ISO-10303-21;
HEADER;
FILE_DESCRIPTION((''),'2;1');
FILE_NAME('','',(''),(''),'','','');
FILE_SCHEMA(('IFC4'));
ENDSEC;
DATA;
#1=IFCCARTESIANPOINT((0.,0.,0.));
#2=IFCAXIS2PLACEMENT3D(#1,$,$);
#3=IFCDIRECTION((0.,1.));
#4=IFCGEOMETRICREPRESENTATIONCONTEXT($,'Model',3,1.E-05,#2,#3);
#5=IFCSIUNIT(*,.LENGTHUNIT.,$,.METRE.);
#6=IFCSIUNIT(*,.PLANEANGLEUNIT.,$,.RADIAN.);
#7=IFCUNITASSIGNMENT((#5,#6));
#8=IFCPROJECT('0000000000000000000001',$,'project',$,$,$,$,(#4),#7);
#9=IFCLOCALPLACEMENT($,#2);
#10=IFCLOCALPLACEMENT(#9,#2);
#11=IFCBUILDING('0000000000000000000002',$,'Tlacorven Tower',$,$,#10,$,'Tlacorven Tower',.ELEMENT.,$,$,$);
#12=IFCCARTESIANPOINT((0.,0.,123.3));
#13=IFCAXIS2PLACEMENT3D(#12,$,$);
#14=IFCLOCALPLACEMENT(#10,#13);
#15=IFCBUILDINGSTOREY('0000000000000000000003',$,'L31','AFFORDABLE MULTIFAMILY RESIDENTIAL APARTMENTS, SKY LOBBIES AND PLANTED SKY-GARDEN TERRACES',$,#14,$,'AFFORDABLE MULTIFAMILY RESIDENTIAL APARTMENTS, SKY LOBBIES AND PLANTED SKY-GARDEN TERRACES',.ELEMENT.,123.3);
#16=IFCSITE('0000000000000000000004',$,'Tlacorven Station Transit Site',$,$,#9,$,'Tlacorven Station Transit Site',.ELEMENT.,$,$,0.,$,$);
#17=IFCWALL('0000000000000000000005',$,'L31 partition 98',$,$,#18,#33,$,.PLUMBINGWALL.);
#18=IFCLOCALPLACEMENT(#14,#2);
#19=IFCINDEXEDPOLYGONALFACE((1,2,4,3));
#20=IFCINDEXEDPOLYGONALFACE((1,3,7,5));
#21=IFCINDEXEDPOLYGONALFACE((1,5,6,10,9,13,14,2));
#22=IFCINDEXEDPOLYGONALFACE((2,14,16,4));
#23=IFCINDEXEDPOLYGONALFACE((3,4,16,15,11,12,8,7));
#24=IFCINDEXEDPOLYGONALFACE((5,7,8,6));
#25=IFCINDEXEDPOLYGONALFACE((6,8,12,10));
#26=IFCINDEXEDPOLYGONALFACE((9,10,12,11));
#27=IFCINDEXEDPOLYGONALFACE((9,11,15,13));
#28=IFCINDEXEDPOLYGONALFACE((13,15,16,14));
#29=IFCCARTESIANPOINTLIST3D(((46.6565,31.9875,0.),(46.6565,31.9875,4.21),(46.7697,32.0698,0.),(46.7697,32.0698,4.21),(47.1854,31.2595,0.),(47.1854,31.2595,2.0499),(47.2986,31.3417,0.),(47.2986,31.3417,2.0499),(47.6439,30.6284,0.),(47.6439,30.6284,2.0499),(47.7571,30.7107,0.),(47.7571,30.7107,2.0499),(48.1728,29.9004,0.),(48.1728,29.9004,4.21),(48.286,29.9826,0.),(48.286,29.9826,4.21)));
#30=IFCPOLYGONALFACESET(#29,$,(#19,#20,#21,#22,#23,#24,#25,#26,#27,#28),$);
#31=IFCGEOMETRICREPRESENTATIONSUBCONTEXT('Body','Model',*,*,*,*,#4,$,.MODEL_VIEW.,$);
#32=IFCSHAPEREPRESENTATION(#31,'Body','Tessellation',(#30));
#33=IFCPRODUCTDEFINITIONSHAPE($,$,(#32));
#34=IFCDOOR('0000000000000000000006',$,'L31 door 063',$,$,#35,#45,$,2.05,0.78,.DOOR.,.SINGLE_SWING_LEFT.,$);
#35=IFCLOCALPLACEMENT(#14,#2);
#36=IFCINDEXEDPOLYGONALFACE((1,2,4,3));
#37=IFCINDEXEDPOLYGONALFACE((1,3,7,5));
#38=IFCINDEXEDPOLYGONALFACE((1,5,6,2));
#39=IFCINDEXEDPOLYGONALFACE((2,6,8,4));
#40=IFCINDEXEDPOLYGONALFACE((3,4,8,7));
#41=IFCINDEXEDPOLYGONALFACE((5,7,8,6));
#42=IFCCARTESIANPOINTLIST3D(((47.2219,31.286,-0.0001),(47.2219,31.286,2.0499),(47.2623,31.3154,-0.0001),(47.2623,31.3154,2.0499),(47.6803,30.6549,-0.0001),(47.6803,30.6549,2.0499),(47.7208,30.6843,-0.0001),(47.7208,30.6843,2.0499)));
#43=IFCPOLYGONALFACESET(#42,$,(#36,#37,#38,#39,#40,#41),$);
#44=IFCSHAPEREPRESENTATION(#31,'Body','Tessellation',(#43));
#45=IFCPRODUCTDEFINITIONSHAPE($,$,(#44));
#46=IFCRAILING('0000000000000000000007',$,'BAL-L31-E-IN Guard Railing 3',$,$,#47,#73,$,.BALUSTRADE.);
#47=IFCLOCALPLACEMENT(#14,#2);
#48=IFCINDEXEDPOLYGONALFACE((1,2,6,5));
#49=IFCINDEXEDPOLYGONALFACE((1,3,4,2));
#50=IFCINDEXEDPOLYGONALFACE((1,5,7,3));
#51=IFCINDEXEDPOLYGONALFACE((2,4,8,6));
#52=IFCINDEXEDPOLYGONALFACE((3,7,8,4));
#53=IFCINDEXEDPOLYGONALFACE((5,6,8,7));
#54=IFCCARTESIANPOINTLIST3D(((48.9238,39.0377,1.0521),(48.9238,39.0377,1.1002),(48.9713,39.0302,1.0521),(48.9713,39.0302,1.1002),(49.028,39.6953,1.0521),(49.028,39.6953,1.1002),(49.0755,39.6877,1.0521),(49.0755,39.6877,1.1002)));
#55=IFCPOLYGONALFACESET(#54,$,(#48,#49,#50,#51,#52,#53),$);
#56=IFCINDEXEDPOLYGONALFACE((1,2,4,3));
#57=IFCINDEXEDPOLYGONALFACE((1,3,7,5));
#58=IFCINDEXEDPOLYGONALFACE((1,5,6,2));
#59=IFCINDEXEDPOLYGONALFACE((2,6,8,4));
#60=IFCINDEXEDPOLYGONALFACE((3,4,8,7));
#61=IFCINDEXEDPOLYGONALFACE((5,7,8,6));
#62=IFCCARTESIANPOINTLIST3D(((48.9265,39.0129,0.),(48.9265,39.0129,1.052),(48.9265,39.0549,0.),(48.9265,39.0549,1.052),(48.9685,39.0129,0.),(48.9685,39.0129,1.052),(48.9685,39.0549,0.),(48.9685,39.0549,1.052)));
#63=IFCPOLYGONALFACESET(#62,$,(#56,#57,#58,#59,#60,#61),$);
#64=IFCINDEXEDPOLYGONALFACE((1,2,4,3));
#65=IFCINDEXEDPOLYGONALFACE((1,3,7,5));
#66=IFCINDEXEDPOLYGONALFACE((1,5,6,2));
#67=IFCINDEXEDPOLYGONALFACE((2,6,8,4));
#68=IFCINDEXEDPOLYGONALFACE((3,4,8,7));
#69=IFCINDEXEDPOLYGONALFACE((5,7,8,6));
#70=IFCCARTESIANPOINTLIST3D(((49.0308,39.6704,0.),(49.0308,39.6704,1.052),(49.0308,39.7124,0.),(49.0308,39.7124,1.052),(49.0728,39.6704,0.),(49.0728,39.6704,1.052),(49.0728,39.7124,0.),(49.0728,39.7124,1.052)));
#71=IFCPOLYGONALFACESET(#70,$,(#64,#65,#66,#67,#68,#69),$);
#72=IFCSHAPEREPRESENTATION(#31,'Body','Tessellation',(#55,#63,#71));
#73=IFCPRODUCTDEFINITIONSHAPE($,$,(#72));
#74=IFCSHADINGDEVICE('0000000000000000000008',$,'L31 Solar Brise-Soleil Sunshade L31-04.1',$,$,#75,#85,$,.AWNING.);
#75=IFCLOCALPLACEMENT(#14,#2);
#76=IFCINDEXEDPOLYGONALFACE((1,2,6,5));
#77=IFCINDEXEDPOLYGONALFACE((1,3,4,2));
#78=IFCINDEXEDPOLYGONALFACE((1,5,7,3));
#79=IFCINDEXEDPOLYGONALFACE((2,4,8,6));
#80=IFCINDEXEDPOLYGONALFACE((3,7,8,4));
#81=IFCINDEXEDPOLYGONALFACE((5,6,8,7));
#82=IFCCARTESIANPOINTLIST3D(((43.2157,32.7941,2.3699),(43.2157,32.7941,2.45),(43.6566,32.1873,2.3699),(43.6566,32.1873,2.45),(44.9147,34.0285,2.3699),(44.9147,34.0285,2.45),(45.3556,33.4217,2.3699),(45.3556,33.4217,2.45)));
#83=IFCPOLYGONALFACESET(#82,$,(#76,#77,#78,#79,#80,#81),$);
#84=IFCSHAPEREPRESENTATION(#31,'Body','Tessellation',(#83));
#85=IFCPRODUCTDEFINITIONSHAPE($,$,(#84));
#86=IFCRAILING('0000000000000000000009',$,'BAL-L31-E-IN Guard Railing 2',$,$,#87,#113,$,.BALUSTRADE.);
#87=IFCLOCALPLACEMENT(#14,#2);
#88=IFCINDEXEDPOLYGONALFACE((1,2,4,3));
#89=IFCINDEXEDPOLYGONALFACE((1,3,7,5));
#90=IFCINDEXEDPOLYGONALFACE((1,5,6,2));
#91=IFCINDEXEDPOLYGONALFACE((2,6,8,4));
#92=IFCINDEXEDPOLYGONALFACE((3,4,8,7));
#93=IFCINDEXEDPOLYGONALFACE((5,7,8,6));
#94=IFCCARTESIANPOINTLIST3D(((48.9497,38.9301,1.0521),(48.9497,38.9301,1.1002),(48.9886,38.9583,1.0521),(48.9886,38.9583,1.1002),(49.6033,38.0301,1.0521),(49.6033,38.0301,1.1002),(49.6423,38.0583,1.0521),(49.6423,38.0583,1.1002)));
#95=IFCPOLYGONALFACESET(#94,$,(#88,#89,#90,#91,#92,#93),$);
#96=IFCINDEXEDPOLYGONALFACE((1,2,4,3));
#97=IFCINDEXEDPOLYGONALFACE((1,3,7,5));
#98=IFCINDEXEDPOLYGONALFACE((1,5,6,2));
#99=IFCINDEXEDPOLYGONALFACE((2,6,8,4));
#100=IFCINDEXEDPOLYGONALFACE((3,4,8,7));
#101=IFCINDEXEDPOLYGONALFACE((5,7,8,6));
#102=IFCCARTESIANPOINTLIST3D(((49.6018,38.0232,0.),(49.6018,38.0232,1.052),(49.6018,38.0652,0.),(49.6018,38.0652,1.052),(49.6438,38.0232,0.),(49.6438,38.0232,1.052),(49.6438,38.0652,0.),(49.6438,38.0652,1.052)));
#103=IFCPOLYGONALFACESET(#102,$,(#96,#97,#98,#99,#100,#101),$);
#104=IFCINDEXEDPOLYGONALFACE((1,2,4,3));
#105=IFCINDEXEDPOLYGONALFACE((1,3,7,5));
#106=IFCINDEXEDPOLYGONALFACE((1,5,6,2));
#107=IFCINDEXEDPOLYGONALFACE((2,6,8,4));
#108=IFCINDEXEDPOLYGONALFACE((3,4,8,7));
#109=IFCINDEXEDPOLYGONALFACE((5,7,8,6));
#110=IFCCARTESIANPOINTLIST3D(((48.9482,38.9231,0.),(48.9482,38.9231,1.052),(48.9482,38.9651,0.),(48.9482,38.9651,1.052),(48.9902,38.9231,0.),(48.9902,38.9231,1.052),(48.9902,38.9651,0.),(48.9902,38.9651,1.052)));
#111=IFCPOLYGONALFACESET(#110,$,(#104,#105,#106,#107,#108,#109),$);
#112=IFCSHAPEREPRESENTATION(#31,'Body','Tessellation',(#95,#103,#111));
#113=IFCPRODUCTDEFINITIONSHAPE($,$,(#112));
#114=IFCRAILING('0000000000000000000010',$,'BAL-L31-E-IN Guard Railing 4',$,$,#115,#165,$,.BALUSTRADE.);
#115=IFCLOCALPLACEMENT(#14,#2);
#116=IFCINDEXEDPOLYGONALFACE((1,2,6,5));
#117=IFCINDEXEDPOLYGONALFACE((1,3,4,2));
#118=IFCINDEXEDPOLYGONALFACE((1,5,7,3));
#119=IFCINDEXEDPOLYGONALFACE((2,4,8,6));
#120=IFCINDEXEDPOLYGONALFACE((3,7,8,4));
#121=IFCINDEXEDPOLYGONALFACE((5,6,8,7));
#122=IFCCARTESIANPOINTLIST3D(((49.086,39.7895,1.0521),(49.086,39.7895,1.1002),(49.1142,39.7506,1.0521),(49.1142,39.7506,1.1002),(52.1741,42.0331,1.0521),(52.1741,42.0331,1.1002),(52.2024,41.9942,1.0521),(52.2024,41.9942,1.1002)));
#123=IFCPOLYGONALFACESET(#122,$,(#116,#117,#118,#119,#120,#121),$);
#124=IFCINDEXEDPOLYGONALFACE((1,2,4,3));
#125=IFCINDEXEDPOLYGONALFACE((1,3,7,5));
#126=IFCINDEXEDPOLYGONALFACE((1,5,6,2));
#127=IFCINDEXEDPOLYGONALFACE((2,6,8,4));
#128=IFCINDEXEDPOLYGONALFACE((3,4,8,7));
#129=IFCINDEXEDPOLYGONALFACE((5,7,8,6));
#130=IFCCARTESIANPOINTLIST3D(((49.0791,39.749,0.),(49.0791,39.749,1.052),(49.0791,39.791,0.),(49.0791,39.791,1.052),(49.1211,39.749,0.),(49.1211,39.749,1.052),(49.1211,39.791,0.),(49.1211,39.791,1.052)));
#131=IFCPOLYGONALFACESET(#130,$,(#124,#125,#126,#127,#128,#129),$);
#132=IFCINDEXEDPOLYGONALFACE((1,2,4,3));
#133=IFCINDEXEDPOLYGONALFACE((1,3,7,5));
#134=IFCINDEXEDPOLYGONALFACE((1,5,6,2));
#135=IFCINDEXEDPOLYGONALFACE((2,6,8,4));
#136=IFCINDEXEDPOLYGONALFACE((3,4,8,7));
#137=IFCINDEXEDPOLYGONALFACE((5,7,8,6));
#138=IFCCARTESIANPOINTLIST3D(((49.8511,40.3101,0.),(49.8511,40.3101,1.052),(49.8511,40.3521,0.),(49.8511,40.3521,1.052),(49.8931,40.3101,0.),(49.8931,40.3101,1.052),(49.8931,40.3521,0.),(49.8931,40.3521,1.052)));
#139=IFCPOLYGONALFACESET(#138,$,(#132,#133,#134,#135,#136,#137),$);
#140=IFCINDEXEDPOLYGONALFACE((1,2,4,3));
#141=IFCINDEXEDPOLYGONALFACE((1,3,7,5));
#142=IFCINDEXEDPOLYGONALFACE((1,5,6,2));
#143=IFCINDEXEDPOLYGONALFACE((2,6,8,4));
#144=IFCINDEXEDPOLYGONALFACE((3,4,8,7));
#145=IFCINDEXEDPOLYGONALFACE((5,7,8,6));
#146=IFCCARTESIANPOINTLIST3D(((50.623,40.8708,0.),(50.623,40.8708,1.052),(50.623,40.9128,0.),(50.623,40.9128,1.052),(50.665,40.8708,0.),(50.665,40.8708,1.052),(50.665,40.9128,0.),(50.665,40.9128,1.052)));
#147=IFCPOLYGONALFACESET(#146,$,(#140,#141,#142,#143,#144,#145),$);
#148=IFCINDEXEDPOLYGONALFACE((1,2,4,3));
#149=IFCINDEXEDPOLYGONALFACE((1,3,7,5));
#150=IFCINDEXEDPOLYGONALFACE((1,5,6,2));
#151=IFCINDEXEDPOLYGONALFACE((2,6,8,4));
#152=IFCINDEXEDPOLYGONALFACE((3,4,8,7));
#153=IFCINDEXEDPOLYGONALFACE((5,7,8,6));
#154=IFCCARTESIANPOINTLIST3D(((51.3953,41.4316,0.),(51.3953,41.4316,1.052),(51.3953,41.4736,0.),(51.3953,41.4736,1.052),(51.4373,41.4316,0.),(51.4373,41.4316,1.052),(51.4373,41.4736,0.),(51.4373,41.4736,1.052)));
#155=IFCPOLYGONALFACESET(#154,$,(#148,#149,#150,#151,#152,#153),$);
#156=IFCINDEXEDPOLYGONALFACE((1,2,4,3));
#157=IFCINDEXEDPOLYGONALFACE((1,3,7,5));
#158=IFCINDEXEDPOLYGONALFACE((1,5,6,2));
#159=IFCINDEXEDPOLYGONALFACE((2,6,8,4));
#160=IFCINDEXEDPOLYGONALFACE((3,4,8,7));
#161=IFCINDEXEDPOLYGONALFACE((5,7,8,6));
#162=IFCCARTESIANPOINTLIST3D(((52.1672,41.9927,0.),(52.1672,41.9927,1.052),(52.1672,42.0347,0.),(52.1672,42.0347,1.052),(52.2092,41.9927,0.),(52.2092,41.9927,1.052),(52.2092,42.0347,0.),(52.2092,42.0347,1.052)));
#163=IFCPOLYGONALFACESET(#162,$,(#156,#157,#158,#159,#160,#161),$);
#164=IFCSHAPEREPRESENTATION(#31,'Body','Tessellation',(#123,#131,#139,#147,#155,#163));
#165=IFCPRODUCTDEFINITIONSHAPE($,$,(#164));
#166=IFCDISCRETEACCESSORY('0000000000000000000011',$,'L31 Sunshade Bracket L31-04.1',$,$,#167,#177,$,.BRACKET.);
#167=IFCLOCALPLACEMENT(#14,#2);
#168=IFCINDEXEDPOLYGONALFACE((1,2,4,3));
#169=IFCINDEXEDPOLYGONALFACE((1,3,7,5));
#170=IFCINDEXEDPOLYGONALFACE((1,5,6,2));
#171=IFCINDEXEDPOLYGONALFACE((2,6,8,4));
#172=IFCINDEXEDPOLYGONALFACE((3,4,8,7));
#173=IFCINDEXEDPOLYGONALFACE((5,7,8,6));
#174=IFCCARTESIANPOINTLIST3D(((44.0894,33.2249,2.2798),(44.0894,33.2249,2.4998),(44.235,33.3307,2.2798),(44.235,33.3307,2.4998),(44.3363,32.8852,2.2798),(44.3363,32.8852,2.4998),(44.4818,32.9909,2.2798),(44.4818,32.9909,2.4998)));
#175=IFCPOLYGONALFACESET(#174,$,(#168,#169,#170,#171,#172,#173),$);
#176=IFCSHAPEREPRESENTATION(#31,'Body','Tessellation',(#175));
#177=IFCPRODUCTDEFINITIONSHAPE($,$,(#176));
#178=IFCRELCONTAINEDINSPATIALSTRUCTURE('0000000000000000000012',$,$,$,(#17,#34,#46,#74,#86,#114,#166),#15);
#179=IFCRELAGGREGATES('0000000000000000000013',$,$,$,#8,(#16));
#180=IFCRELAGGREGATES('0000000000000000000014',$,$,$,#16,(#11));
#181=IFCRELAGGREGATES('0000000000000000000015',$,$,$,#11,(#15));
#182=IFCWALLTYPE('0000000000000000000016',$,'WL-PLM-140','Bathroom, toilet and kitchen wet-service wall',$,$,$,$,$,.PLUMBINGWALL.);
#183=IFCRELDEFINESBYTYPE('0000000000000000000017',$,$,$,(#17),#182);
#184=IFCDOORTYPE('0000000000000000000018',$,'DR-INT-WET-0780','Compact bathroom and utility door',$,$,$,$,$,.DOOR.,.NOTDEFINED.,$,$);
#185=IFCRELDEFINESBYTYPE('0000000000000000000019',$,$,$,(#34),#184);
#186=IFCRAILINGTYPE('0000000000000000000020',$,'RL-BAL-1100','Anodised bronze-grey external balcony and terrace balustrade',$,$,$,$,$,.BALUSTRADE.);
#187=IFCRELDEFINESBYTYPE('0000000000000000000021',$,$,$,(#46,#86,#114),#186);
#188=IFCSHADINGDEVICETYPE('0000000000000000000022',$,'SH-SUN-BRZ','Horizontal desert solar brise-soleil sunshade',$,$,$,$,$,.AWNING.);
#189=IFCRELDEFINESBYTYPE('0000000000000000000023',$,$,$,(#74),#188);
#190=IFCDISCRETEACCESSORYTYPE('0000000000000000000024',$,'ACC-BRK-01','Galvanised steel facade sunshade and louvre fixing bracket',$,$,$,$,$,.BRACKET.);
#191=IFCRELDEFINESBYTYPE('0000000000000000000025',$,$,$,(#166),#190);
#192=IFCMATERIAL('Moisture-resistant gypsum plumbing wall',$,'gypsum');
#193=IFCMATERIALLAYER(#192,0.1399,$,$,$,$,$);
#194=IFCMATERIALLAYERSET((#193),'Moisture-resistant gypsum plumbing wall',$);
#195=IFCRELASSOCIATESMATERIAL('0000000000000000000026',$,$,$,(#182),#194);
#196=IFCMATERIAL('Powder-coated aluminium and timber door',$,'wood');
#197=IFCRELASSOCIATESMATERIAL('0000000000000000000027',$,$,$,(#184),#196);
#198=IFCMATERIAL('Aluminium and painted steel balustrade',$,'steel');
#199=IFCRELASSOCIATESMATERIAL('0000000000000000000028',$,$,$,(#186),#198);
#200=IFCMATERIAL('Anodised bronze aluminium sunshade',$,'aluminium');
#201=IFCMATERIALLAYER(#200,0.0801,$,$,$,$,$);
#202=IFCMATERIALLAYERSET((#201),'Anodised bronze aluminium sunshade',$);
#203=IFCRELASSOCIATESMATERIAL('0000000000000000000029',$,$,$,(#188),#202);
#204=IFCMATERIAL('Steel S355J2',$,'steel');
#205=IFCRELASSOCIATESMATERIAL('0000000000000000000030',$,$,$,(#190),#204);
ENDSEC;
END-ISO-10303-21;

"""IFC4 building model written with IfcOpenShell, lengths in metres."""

from ifc_helpers import new_model, si_unit, direction, frame, frame_2d, origin, origin_2d, place, context, subcontext, project, spatial, rectangle, extrude, source, transform, mapped, material, layer, layer_set, type_object, element, fill, save


model = new_model("IFC4")

# Units and contexts
model_context = context("Model", 3, precision=1e-05, world=origin(), true_north=direction((0.0, 1.0)))
body_context = subcontext(model_context, "Body", "Model", "MODEL_VIEW")
ifc_project = project(units=[si_unit("LENGTHUNIT", "METRE"), si_unit("PLANEANGLEUNIT", "RADIAN")], contexts=[model_context])

# Site, building, storey
site_placement = place(None, origin())
site = spatial("IfcSite", under=ifc_project, at=site_placement, Name="Tlacorven Station Transit Site", LongName="Tlacorven Station Transit Site", CompositionType="ELEMENT", RefElevation=0.0)
building_placement = place(site_placement, origin())
building = spatial("IfcBuilding", under=site, at=building_placement, Name="Tlacorven Tower", LongName="Tlacorven Tower", CompositionType="ELEMENT")
storey_placement = place(building_placement, frame((0.0, 0.0, 123.3)))
storey = spatial("IfcBuildingStorey", under=building, at=storey_placement, Name="L31", Description="AFFORDABLE MULTIFAMILY RESIDENTIAL APARTMENTS, SKY LOBBIES AND PLANTED SKY-GARDEN TERRACES", LongName="AFFORDABLE MULTIFAMILY RESIDENTIAL APARTMENTS, SKY LOBBIES AND PLANTED SKY-GARDEN TERRACES", CompositionType="ELEMENT", Elevation=123.3)

# Shared definitions
ifc_material_1 = material(Name="Steel S355J2", Category="steel")

# Wall, opening, door
ifc_material_2 = material(Name="Moisture-resistant gypsum plumbing wall", Category="gypsum")
ifc_layer_1 = layer(ifc_material_2, 0.1399)
ifc_layer_set_1 = layer_set([ifc_layer_1], Name="Moisture-resistant gypsum plumbing wall")
wall_type_1 = type_object("IfcWallType", Name="WL-PLM-140", Description="Bathroom, toilet and kitchen wet-service wall", PredefinedType="PLUMBINGWALL", material=ifc_layer_set_1)
wall_1_placement = place(storey_placement, frame((48.2295, 29.9414, 0.0), z_axis=(0.0, 0.0, 1.0), x_axis=(-0.587772, 0.809027, 0.0)))
wall_1 = element("IfcWall", 1, at=wall_1_placement, inside=storey, type_object=wall_type_1, Name="L31 partition 98", PredefinedType="PLUMBINGWALL", context=body_context, shape_type="SweptSolid", body=[
    extrude(rectangle(XDim=2.5798, YDim=0.1399, at=frame_2d((1.29, 0.0))), origin(), (0.0, 0.0, 1.0), 4.21),
])
opening_placement = place(wall_1_placement, frame((0.8999, 0.0, 0.0)))
opening = element("IfcOpeningElement", 2, at=opening_placement, cuts=wall_1, PredefinedType="OPENING", context=body_context, shape_type="SweptSolid", body=[
    extrude(rectangle(XDim=0.78, YDim=2.05, at=frame_2d((0.3901, 1.0249))), frame((0.0, 0.0801, 0.0), z_axis=(0.0, -1.0, 0.0), x_axis=(1.0, 0.0, 0.0)), (0.0, 0.0, 1.0), 0.1599),
])
ifc_material_3 = material(Name="Powder-coated aluminium and timber door", Category="wood")
door_type = type_object("IfcDoorType", Name="DR-INT-WET-0780", Description="Compact bathroom and utility door", OperationType="NOTDEFINED", PredefinedType="DOOR", material=ifc_material_3)
shared_shape_1 = source(origin(), body_context, "Body", "SweptSolid", [
    extrude(rectangle(XDim=0.78, YDim=2.05, at=frame_2d((0.3901, 1.0249))), frame((0.0, 0.0249, 0.0), z_axis=(0.0, -1.0, 0.0), x_axis=(1.0, 0.0, 0.0)), (0.0, 0.0, 1.0), 0.05),
])
door_placement = place(opening_placement, origin())
door = element("IfcDoor", 3, at=door_placement, inside=storey, type_object=door_type, Name="L31 door 063", OperationType="SINGLE_SWING_LEFT", OverallHeight=2.05, OverallWidth=0.78, PredefinedType="DOOR", context=body_context, shape_type="MappedRepresentation", body=[
    mapped(shared_shape_1, transform((0.0, 0.0, 0.0), scale=1.0)),
])
fill(opening, door)

# Railing
ifc_material_4 = material(Name="Aluminium and painted steel balustrade", Category="steel")
railing_type = type_object("IfcRailingType", Name="RL-BAL-1100", Description="Anodised bronze-grey external balcony and terrace balustrade", PredefinedType="BALUSTRADE", material=ifc_material_4)
shared_shape_2 = source(origin(), body_context, "Body", "SweptSolid", [
    extrude(rectangle(XDim=0.0481, YDim=0.0481, at=origin_2d()), frame((0.0, 0.0, 1.0762), z_axis=(0.156603, 0.987662, 0.0), x_axis=(-0.987662, 0.156603, 0.0)), (0.0, 0.0, 1.0), 0.6658),
    extrude(rectangle(XDim=0.042, YDim=0.042, at=origin_2d()), origin(), (0.0, 0.0, 1.0), 1.052),
    extrude(rectangle(XDim=0.042, YDim=0.042, at=origin_2d()), frame((0.1042, 0.6575, 0.0)), (0.0, 0.0, 1.0), 1.052),
])
railing_1_placement = place(storey_placement, frame((48.9475, 39.0339, 0.0)))
element("IfcRailing", 4, at=railing_1_placement, inside=storey, type_object=railing_type, Name="BAL-L31-E-IN Guard Railing 3", PredefinedType="BALUSTRADE", context=body_context, shape_type="MappedRepresentation", body=[
    mapped(shared_shape_2, transform((0.0, 0.0, 0.0), scale=1.0)),
])

# Shading device
ifc_material_5 = material(Name="Anodised bronze aluminium sunshade", Category="aluminium")
ifc_layer_2 = layer(ifc_material_5, 0.0801)
ifc_layer_set_2 = layer_set([ifc_layer_2], Name="Anodised bronze aluminium sunshade")
shading_device_type = type_object("IfcShadingDeviceType", Name="SH-SUN-BRZ", Description="Horizontal desert solar brise-soleil sunshade", PredefinedType="AWNING", material=ifc_layer_set_2)
shared_shape_3 = source(origin(), body_context, "Body", "SweptSolid", [
    extrude(rectangle(XDim=2.1001, YDim=0.75, at=origin_2d()), origin(), (0.0, 0.0, 1.0), 0.0801),
])
shading_device_placement = place(storey_placement, frame((44.2856, 33.1079, 2.3699), z_axis=(0.0, 0.0, 1.0), x_axis=(0.809017, 0.587786, 0.0)))
element("IfcShadingDevice", 5, at=shading_device_placement, inside=storey, type_object=shading_device_type, Name="L31 Solar Brise-Soleil Sunshade L31-04.1", PredefinedType="AWNING", context=body_context, shape_type="MappedRepresentation", body=[
    mapped(shared_shape_3, transform((0.0, 0.0, 0.0), scale=1.0)),
])

# Railings
shared_shape_4 = source(origin(), body_context, "Body", "SweptSolid", [
    extrude(rectangle(XDim=0.0481, YDim=0.0481, at=origin_2d()), frame((0.0, 0.0, 1.0762), z_axis=(-0.587636, 0.809125, 0.0), x_axis=(-0.809125, -0.587636, 0.0)), (0.0, 0.0, 1.0), 1.1123),
    extrude(rectangle(XDim=0.042, YDim=0.042, at=origin_2d()), origin(), (0.0, 0.0, 1.0), 1.052),
    extrude(rectangle(XDim=0.042, YDim=0.042, at=origin_2d()), frame((-0.6536, 0.8999, 0.0)), (0.0, 0.0, 1.0), 1.052),
])
railing_2_placement = place(storey_placement, frame((49.6228, 38.0442, 0.0)))
element("IfcRailing", 6, at=railing_2_placement, inside=storey, type_object=railing_type, Name="BAL-L31-E-IN Guard Railing 2", PredefinedType="BALUSTRADE", context=body_context, shape_type="MappedRepresentation", body=[
    mapped(shared_shape_4, transform((0.0, 0.0, 0.0), scale=1.0)),
])
shared_shape_5 = source(origin(), body_context, "Body", "SweptSolid", [
    extrude(rectangle(XDim=0.0481, YDim=0.0481, at=origin_2d()), frame((0.0, 0.0, 1.0762), z_axis=(0.809018, 0.587784, 0.0), x_axis=(-0.587784, 0.809018, 0.0)), (0.0, 0.0, 1.0), 3.8171),
    extrude(rectangle(XDim=0.042, YDim=0.042, at=origin_2d()), origin(), (0.0, 0.0, 1.0), 1.052),
    extrude(rectangle(XDim=0.042, YDim=0.042, at=origin_2d()), frame((0.772, 0.561, 0.0)), (0.0, 0.0, 1.0), 1.052),
    extrude(rectangle(XDim=0.042, YDim=0.042, at=origin_2d()), frame((1.5439, 1.1218, 0.0)), (0.0, 0.0, 1.0), 1.052),
    extrude(rectangle(XDim=0.042, YDim=0.042, at=origin_2d()), frame((2.3162, 1.6826, 0.0)), (0.0, 0.0, 1.0), 1.052),
    extrude(rectangle(XDim=0.042, YDim=0.042, at=origin_2d()), frame((3.0881, 2.2437, 0.0)), (0.0, 0.0, 1.0), 1.052),
])
railing_3_placement = place(storey_placement, frame((49.1001, 39.77, 0.0)))
element("IfcRailing", 7, at=railing_3_placement, inside=storey, type_object=railing_type, Name="BAL-L31-E-IN Guard Railing 4", PredefinedType="BALUSTRADE", context=body_context, shape_type="MappedRepresentation", body=[
    mapped(shared_shape_5, transform((0.0, 0.0, 0.0), scale=1.0)),
])

# Discrete accessory
discrete_accessory_type = type_object("IfcDiscreteAccessoryType", Name="ACC-BRK-01", Description="Galvanised steel facade sunshade and louvre fixing bracket", PredefinedType="BRACKET", material=ifc_material_1)
shared_shape_6 = source(origin(), body_context, "Body", "SweptSolid", [
    extrude(rectangle(XDim=0.1799, YDim=0.4199, at=origin_2d()), origin(), (0.0, 0.0, 1.0), 0.22),
])
discrete_accessory_placement = place(storey_placement, frame((44.2856, 33.1079, 2.2798), z_axis=(0.0, 0.0, 1.0), x_axis=(0.809017, 0.587786, 0.0)))
element("IfcDiscreteAccessory", 8, at=discrete_accessory_placement, inside=storey, type_object=discrete_accessory_type, Name="L31 Sunshade Bracket L31-04.1", PredefinedType="BRACKET", context=body_context, shape_type="MappedRepresentation", body=[
    mapped(shared_shape_6, transform((0.0, 0.0, 0.0), scale=1.0)),
])

save(model, "model.ifc")
